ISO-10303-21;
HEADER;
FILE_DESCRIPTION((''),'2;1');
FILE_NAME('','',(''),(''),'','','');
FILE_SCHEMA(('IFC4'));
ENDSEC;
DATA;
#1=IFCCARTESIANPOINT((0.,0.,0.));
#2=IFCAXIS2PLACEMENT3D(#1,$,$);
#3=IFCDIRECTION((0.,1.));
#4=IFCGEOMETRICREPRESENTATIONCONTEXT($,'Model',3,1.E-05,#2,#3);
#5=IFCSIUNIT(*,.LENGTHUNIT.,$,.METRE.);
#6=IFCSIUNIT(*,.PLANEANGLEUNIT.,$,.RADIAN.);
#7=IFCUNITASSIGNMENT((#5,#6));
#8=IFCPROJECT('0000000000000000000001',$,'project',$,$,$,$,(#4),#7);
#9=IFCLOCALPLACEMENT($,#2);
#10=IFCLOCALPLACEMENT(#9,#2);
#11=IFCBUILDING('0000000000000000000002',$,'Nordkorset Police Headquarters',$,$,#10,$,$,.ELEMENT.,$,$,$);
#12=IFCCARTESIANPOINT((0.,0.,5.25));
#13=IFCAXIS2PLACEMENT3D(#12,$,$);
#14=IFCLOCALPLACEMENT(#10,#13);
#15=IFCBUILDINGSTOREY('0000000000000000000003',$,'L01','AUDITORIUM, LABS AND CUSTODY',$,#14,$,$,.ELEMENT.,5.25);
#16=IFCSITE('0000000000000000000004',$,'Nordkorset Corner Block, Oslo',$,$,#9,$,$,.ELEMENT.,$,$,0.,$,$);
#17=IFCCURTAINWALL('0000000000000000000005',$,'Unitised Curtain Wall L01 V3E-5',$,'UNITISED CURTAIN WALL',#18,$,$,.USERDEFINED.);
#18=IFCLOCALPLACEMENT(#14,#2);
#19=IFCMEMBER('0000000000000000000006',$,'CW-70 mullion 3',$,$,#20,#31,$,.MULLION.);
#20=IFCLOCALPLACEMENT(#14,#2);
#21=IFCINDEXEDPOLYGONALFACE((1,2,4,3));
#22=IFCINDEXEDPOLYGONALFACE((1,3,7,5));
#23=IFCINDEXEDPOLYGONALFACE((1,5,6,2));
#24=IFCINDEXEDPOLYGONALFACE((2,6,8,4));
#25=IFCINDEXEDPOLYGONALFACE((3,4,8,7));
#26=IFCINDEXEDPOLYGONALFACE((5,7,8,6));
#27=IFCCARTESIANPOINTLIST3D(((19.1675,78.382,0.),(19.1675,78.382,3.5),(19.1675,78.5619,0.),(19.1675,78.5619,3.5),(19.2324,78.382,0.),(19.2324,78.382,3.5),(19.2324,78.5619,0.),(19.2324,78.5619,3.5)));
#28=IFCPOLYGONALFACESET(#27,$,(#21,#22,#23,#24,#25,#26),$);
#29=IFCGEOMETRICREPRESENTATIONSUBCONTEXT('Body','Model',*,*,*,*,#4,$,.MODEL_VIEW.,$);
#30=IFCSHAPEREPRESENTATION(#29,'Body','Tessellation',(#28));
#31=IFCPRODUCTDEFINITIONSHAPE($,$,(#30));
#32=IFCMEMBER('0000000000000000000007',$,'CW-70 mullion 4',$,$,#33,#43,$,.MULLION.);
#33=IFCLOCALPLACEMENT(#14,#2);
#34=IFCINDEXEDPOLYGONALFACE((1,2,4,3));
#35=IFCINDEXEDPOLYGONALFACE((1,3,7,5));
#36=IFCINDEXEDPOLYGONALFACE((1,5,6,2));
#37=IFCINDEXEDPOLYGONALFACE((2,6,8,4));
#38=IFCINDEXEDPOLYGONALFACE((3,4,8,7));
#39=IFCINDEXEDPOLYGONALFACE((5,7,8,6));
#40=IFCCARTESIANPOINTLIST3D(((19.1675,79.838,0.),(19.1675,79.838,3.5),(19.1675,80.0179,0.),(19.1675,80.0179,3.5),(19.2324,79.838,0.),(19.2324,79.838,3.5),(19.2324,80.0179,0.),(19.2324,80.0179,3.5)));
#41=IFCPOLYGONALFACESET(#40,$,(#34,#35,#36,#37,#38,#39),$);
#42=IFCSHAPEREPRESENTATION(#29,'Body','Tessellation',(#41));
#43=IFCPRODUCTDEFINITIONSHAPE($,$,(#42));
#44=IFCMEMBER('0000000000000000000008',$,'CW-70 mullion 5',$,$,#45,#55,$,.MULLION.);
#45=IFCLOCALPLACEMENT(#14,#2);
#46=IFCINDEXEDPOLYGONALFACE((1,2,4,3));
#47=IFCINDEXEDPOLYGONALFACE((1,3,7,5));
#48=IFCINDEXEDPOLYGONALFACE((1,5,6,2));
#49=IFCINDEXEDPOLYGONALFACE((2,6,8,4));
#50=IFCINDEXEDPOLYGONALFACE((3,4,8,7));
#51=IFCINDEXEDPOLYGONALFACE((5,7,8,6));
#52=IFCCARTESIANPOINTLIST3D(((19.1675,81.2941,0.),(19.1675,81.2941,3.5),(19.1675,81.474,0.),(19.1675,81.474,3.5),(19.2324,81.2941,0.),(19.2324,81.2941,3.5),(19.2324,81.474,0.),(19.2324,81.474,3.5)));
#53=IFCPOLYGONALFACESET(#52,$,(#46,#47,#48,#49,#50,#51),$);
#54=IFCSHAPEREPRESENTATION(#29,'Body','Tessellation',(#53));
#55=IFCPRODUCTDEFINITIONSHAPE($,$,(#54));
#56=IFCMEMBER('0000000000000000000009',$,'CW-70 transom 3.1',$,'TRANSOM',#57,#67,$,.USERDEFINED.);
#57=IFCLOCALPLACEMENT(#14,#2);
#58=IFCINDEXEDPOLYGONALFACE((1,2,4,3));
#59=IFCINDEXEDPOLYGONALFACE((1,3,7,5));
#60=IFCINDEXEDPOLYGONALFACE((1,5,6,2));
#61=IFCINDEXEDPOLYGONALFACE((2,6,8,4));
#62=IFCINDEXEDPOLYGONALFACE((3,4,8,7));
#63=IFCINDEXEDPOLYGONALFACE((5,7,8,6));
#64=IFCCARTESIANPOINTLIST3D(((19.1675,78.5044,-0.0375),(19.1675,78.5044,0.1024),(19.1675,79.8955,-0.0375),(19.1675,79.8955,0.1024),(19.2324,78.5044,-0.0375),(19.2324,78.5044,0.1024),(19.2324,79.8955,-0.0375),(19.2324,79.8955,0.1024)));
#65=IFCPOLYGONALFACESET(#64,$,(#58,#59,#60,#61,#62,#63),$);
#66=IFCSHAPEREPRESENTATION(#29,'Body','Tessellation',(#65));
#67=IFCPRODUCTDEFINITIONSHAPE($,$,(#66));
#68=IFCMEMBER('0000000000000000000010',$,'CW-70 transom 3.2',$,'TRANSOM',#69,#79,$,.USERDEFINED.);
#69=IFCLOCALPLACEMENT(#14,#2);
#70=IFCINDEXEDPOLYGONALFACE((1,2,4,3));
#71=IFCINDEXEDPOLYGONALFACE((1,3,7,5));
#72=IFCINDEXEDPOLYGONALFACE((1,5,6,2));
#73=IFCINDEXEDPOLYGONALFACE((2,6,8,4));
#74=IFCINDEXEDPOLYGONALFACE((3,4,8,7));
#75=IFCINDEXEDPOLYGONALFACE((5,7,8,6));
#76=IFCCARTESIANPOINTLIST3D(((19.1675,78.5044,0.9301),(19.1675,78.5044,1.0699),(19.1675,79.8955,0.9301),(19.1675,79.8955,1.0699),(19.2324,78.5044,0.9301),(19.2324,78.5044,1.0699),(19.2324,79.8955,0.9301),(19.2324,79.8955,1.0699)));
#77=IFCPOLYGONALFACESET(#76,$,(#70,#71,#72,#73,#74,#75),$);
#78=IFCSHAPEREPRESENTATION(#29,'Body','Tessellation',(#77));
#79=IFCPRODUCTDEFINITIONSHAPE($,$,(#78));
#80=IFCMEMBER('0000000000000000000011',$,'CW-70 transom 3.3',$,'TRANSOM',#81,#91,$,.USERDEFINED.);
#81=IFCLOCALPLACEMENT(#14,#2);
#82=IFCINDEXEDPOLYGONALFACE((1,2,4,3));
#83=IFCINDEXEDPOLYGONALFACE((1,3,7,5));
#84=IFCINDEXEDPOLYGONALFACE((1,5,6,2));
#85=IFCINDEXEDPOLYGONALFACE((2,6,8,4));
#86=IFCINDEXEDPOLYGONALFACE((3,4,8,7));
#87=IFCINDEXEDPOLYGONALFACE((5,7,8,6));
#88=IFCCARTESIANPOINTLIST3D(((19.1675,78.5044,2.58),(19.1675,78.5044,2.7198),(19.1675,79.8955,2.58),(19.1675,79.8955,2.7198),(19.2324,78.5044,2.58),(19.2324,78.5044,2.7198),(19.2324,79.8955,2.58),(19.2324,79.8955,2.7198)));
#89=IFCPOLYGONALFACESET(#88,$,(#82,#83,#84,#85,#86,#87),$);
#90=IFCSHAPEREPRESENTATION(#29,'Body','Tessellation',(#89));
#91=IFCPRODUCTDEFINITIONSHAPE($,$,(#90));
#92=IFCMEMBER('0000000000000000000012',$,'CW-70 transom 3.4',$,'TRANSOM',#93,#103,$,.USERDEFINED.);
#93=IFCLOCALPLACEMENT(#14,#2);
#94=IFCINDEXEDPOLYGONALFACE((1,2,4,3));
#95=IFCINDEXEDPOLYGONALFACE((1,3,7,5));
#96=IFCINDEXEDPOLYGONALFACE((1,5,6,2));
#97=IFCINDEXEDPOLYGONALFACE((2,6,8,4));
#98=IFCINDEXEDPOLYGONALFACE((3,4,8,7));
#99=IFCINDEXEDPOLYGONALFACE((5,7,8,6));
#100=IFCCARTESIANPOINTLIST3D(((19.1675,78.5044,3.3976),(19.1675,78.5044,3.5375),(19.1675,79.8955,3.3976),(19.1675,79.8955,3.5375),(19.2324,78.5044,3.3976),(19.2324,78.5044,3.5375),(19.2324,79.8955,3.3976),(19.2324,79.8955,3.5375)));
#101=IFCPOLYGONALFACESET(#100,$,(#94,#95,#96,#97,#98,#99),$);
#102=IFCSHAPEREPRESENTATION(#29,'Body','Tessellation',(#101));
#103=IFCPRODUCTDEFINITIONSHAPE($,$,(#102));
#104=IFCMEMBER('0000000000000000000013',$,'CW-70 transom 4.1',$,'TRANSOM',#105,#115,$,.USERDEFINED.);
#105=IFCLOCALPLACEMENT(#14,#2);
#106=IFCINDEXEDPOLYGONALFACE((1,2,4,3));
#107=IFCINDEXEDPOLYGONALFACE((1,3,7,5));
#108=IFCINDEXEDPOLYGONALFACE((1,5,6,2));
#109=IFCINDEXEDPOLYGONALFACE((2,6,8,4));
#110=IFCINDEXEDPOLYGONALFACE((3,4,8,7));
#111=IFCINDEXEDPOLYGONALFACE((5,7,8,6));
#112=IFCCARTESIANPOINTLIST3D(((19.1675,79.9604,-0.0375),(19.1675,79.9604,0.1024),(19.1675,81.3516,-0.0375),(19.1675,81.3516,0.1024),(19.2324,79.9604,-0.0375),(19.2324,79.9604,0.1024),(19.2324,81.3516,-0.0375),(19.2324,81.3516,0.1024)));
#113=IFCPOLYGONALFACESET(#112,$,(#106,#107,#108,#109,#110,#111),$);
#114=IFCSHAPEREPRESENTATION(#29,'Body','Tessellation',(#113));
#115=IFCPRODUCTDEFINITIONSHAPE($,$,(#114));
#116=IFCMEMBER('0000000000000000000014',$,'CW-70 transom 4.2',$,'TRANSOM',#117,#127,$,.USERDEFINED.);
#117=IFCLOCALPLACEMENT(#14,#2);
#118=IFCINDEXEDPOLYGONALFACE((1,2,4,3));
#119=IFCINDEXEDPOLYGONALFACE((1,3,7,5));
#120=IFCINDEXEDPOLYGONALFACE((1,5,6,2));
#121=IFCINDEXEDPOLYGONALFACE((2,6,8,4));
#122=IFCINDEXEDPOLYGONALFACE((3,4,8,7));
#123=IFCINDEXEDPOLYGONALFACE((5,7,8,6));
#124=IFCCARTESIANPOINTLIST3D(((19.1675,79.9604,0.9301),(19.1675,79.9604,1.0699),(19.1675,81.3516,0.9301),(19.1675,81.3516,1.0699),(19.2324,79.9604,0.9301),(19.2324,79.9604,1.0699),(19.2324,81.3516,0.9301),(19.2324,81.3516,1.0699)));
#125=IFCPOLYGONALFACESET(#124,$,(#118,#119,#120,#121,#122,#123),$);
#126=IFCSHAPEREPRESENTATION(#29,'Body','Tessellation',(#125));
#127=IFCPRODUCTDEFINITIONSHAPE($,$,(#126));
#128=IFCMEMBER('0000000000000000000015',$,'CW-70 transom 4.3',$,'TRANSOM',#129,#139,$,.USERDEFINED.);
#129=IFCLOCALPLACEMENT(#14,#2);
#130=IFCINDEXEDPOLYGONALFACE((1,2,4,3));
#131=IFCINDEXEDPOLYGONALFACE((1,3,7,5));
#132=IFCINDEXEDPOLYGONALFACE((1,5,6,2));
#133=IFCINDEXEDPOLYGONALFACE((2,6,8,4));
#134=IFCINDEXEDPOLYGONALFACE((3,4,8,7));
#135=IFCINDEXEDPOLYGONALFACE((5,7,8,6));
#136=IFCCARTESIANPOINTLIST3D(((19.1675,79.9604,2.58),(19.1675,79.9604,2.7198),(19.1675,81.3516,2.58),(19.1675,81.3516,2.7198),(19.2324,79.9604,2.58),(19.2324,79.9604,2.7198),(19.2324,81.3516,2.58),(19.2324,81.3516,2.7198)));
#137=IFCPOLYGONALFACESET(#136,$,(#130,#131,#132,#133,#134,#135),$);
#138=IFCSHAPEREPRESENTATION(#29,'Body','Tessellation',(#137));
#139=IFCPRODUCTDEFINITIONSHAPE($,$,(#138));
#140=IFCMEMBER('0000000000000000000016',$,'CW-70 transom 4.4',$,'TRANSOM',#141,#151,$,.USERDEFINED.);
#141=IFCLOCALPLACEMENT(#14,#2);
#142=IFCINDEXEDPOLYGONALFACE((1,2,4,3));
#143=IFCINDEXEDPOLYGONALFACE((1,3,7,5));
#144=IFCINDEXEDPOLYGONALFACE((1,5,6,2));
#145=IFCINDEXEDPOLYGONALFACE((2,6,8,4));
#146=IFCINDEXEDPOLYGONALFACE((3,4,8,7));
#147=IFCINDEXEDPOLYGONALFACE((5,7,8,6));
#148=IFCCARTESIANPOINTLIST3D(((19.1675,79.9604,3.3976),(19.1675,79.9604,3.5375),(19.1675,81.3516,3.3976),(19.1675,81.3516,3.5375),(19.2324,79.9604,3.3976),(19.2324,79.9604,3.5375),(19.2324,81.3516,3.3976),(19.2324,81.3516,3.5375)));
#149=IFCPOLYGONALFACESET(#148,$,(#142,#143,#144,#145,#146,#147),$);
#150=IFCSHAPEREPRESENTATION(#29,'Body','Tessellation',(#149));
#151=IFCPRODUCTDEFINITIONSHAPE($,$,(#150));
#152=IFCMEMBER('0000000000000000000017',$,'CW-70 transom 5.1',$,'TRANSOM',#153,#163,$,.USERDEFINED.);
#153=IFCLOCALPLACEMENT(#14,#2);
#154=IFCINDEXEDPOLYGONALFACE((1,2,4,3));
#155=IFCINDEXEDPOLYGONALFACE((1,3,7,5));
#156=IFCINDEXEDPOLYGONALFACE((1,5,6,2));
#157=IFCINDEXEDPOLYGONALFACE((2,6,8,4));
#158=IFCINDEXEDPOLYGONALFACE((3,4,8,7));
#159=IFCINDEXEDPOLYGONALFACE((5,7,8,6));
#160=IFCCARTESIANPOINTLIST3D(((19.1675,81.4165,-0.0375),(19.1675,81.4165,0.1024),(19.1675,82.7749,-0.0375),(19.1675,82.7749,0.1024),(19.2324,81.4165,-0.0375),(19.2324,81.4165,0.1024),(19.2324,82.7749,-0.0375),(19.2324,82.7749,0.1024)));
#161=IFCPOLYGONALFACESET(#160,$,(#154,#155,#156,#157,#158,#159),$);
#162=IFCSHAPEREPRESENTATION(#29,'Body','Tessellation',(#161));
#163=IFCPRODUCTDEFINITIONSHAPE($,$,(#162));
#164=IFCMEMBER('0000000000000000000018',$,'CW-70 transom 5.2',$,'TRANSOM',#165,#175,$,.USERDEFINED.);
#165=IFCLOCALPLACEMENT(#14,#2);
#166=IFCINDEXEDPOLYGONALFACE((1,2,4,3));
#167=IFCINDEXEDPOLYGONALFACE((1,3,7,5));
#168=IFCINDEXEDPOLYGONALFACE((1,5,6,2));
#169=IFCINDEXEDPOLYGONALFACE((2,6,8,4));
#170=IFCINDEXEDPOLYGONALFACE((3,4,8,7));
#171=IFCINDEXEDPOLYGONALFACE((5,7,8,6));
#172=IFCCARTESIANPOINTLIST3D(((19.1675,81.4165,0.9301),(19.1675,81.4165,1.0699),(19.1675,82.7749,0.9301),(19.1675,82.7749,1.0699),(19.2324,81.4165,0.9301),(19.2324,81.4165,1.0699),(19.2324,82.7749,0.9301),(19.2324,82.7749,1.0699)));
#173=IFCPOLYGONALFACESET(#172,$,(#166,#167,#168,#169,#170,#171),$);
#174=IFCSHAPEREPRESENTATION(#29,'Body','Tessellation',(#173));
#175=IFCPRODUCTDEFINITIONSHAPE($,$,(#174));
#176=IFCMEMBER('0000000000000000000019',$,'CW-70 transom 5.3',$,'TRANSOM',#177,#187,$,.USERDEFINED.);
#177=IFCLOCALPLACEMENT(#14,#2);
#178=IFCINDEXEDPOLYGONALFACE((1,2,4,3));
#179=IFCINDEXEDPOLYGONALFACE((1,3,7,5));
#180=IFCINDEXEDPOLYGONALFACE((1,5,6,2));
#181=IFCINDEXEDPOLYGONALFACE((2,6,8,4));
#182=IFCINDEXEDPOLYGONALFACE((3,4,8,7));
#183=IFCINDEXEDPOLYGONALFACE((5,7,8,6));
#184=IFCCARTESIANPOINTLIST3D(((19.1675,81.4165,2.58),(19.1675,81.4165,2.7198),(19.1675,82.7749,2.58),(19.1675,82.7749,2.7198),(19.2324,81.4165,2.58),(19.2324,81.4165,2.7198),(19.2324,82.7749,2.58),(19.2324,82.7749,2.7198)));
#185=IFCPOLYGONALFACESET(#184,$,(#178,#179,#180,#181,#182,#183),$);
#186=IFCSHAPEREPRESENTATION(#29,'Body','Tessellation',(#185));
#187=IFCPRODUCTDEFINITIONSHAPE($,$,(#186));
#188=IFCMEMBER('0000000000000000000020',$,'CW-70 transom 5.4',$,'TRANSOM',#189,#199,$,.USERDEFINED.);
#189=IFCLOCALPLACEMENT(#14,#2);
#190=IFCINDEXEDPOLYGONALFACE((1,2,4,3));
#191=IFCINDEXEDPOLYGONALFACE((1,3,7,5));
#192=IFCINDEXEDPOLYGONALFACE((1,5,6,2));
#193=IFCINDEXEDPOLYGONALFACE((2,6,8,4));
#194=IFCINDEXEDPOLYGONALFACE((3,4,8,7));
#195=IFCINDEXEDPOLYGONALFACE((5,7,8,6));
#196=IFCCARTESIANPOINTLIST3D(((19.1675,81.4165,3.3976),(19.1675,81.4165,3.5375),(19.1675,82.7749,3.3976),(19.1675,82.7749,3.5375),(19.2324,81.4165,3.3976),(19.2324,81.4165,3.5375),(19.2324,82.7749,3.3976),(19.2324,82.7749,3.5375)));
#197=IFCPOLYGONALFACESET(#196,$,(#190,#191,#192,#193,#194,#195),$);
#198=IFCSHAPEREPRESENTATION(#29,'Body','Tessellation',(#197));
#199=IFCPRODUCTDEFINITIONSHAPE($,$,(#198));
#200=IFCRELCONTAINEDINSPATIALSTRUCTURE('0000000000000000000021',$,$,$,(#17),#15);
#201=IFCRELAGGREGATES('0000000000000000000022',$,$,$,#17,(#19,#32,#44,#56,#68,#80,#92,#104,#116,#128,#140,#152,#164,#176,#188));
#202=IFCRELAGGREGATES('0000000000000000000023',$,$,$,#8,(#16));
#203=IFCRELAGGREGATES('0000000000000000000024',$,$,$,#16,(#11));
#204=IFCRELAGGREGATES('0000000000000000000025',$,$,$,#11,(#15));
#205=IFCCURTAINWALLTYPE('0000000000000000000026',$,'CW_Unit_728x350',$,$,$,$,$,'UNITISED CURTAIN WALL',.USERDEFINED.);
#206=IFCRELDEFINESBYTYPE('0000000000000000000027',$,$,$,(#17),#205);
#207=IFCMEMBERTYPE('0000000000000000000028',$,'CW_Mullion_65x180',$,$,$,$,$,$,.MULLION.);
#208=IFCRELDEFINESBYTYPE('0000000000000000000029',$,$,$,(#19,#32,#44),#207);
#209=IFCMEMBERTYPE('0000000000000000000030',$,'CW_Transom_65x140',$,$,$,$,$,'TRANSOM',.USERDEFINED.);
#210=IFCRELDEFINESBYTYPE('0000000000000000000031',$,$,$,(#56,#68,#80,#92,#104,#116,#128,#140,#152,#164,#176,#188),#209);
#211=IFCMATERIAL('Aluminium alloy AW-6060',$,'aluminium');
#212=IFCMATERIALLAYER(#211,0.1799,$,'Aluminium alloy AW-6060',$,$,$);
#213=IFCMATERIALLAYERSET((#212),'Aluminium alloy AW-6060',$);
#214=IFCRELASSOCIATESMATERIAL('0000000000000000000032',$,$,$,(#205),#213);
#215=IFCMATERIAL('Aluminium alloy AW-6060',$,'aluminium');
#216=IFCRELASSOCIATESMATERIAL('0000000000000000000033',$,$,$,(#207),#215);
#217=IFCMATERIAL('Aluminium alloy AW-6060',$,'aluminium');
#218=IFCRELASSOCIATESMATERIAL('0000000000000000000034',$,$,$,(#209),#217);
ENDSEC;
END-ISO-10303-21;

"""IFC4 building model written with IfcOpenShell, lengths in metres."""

from ifc_helpers import new_model, si_unit, direction, frame, origin, origin_2d, place, context, subcontext, project, spatial, rectangle, extrude, material, layer, layer_set, material_profile, profile_set, type_object, element, aggregate, save


model = new_model("IFC4")

# Units and contexts
model_context = context("Model", 3, precision=1e-05, world=origin(), true_north=direction((0.0, 1.0)))
body_context = subcontext(model_context, "Body", "Model", "MODEL_VIEW")
ifc_project = project(units=[si_unit("LENGTHUNIT", "METRE"), si_unit("PLANEANGLEUNIT", "RADIAN")], contexts=[model_context])

# Site, building, storey
site_placement = place(None, origin())
site = spatial("IfcSite", under=ifc_project, at=site_placement, Name="Nordkorset Corner Block, Oslo", CompositionType="ELEMENT", RefElevation=0.0)
building_placement = place(site_placement, origin())
building = spatial("IfcBuilding", under=site, at=building_placement, Name="Nordkorset Police Headquarters", CompositionType="ELEMENT")
storey_placement = place(building_placement, frame((0.0, 0.0, 5.25)))
storey = spatial("IfcBuildingStorey", under=building, at=storey_placement, Name="L01", Description="AUDITORIUM, LABS AND CUSTODY", CompositionType="ELEMENT", Elevation=5.25)

# Curtain wall, members
ifc_material_1 = material(Name="Aluminium alloy AW-6060", Category="aluminium")
ifc_layer_1 = layer(ifc_material_1, 0.1799, Name="Aluminium alloy AW-6060")
ifc_layer_set_1 = layer_set([ifc_layer_1], Name="Aluminium alloy AW-6060")
curtain_wall_type = type_object("IfcCurtainWallType", Name="CW_Unit_728x350", ElementType="UNITISED CURTAIN WALL", PredefinedType="USERDEFINED", material=ifc_layer_set_1)
curtain_wall_placement = place(storey_placement, origin())
curtain_wall = element("IfcCurtainWall", 1, at=curtain_wall_placement, inside=storey, type_object=curtain_wall_type, Name="Unitised Curtain Wall L01 V3E-5", ObjectType="UNITISED CURTAIN WALL", PredefinedType="USERDEFINED")
ifc_material_2 = material(Name="Aluminium alloy AW-6060", Category="aluminium")
ifc_material_profile_1 = material_profile(ifc_material_2, rectangle(XDim=0.0649, YDim=0.1799, at=origin_2d()), Name="ALU MULL 65x180")
ifc_profile_set_1 = profile_set([ifc_material_profile_1], Name="Aluminium alloy AW-6060")
member_type_1 = type_object("IfcMemberType", Name="CW_Mullion_65x180", PredefinedType="MULLION", material=ifc_profile_set_1)
member_1_placement = place(storey_placement, frame((19.2, 78.4719, 0.0), z_axis=(0.0, 0.0, 1.0), x_axis=(-1.0, 0.0, 0.0)))
member_1 = element("IfcMember", 2, at=member_1_placement, type_object=member_type_1, Name="CW-70 mullion 3", PredefinedType="MULLION", context=body_context, shape_type="SweptSolid", body=[
    extrude(rectangle(XDim=0.0649, YDim=0.1799, at=origin_2d()), origin(), (0.0, 0.0, 1.0), 3.5),
])
member_2_placement = place(storey_placement, frame((19.2, 79.928, 0.0), z_axis=(0.0, 0.0, 1.0), x_axis=(-1.0, 0.0, 0.0)))
member_2 = element("IfcMember", 3, at=member_2_placement, type_object=member_type_1, Name="CW-70 mullion 4", PredefinedType="MULLION", context=body_context, shape_type="SweptSolid", body=[
    extrude(rectangle(XDim=0.0649, YDim=0.1799, at=origin_2d()), origin(), (0.0, 0.0, 1.0), 3.5),
])
member_3_placement = place(storey_placement, frame((19.2, 81.384, 0.0), z_axis=(0.0, 0.0, 1.0), x_axis=(-1.0, 0.0, 0.0)))
member_3 = element("IfcMember", 4, at=member_3_placement, type_object=member_type_1, Name="CW-70 mullion 5", PredefinedType="MULLION", context=body_context, shape_type="SweptSolid", body=[
    extrude(rectangle(XDim=0.0649, YDim=0.1799, at=origin_2d()), origin(), (0.0, 0.0, 1.0), 3.5),
])
ifc_material_3 = material(Name="Aluminium alloy AW-6060", Category="aluminium")
ifc_material_profile_2 = material_profile(ifc_material_3, rectangle(XDim=0.0649, YDim=0.1399, at=origin_2d()), Name="ALU TRAN 65x140")
ifc_profile_set_2 = profile_set([ifc_material_profile_2], Name="Aluminium alloy AW-6060")
member_type_2 = type_object("IfcMemberType", Name="CW_Transom_65x140", ElementType="TRANSOM", PredefinedType="USERDEFINED", material=ifc_profile_set_2)
member_4_placement = place(storey_placement, frame((19.2, 78.5044, 0.0325), z_axis=(0.0, 1.0, 0.0), x_axis=(-1.0, 0.0, 0.0)))
member_4 = element("IfcMember", 5, at=member_4_placement, type_object=member_type_2, Name="CW-70 transom 3.1", ObjectType="TRANSOM", PredefinedType="USERDEFINED", context=body_context, shape_type="SweptSolid", body=[
    extrude(rectangle(XDim=0.0649, YDim=0.1399, at=origin_2d()), origin(), (0.0, 0.0, 1.0), 1.3911),
])
member_5_placement = place(storey_placement, frame((19.2, 78.5044, 1.0), z_axis=(0.0, 1.0, 0.0), x_axis=(-1.0, 0.0, 0.0)))
member_5 = element("IfcMember", 6, at=member_5_placement, type_object=member_type_2, Name="CW-70 transom 3.2", ObjectType="TRANSOM", PredefinedType="USERDEFINED", context=body_context, shape_type="SweptSolid", body=[
    extrude(rectangle(XDim=0.0649, YDim=0.1399, at=origin_2d()), origin(), (0.0, 0.0, 1.0), 1.3911),
])
member_6_placement = place(storey_placement, frame((19.2, 78.5044, 2.6499), z_axis=(0.0, 1.0, 0.0), x_axis=(-1.0, 0.0, 0.0)))
member_6 = element("IfcMember", 7, at=member_6_placement, type_object=member_type_2, Name="CW-70 transom 3.3", ObjectType="TRANSOM", PredefinedType="USERDEFINED", context=body_context, shape_type="SweptSolid", body=[
    extrude(rectangle(XDim=0.0649, YDim=0.1399, at=origin_2d()), origin(), (0.0, 0.0, 1.0), 1.3911),
])
member_7_placement = place(storey_placement, frame((19.2, 78.5044, 3.4675), z_axis=(0.0, 1.0, 0.0), x_axis=(-1.0, 0.0, 0.0)))
member_7 = element("IfcMember", 8, at=member_7_placement, type_object=member_type_2, Name="CW-70 transom 3.4", ObjectType="TRANSOM", PredefinedType="USERDEFINED", context=body_context, shape_type="SweptSolid", body=[
    extrude(rectangle(XDim=0.0649, YDim=0.1399, at=origin_2d()), origin(), (0.0, 0.0, 1.0), 1.3911),
])
member_8_placement = place(storey_placement, frame((19.2, 79.9604, 0.0325), z_axis=(0.0, 1.0, 0.0), x_axis=(-1.0, 0.0, 0.0)))
member_8 = element("IfcMember", 9, at=member_8_placement, type_object=member_type_2, Name="CW-70 transom 4.1", ObjectType="TRANSOM", PredefinedType="USERDEFINED", context=body_context, shape_type="SweptSolid", body=[
    extrude(rectangle(XDim=0.0649, YDim=0.1399, at=origin_2d()), origin(), (0.0, 0.0, 1.0), 1.3911),
])
member_9_placement = place(storey_placement, frame((19.2, 79.9604, 1.0), z_axis=(0.0, 1.0, 0.0), x_axis=(-1.0, 0.0, 0.0)))
member_9 = element("IfcMember", 10, at=member_9_placement, type_object=member_type_2, Name="CW-70 transom 4.2", ObjectType="TRANSOM", PredefinedType="USERDEFINED", context=body_context, shape_type="SweptSolid", body=[
    extrude(rectangle(XDim=0.0649, YDim=0.1399, at=origin_2d()), origin(), (0.0, 0.0, 1.0), 1.3911),
])
member_10_placement = place(storey_placement, frame((19.2, 79.9604, 2.6499), z_axis=(0.0, 1.0, 0.0), x_axis=(-1.0, 0.0, 0.0)))
member_10 = element("IfcMember", 11, at=member_10_placement, type_object=member_type_2, Name="CW-70 transom 4.3", ObjectType="TRANSOM", PredefinedType="USERDEFINED", context=body_context, shape_type="SweptSolid", body=[
    extrude(rectangle(XDim=0.0649, YDim=0.1399, at=origin_2d()), origin(), (0.0, 0.0, 1.0), 1.3911),
])
member_11_placement = place(storey_placement, frame((19.2, 79.9604, 3.4675), z_axis=(0.0, 1.0, 0.0), x_axis=(-1.0, 0.0, 0.0)))
member_11 = element("IfcMember", 12, at=member_11_placement, type_object=member_type_2, Name="CW-70 transom 4.4", ObjectType="TRANSOM", PredefinedType="USERDEFINED", context=body_context, shape_type="SweptSolid", body=[
    extrude(rectangle(XDim=0.0649, YDim=0.1399, at=origin_2d()), origin(), (0.0, 0.0, 1.0), 1.3911),
])
member_12_placement = place(storey_placement, frame((19.2, 81.4165, 0.0325), z_axis=(0.0, 1.0, 0.0), x_axis=(-1.0, 0.0, 0.0)))
member_12 = element("IfcMember", 13, at=member_12_placement, type_object=member_type_2, Name="CW-70 transom 5.1", ObjectType="TRANSOM", PredefinedType="USERDEFINED", context=body_context, shape_type="SweptSolid", body=[
    extrude(rectangle(XDim=0.0649, YDim=0.1399, at=origin_2d()), origin(), (0.0, 0.0, 1.0), 1.3584),
])
member_13_placement = place(storey_placement, frame((19.2, 81.4165, 1.0), z_axis=(0.0, 1.0, 0.0), x_axis=(-1.0, 0.0, 0.0)))
member_13 = element("IfcMember", 14, at=member_13_placement, type_object=member_type_2, Name="CW-70 transom 5.2", ObjectType="TRANSOM", PredefinedType="USERDEFINED", context=body_context, shape_type="SweptSolid", body=[
    extrude(rectangle(XDim=0.0649, YDim=0.1399, at=origin_2d()), origin(), (0.0, 0.0, 1.0), 1.3584),
])
member_14_placement = place(storey_placement, frame((19.2, 81.4165, 2.6499), z_axis=(0.0, 1.0, 0.0), x_axis=(-1.0, 0.0, 0.0)))
member_14 = element("IfcMember", 15, at=member_14_placement, type_object=member_type_2, Name="CW-70 transom 5.3", ObjectType="TRANSOM", PredefinedType="USERDEFINED", context=body_context, shape_type="SweptSolid", body=[
    extrude(rectangle(XDim=0.0649, YDim=0.1399, at=origin_2d()), origin(), (0.0, 0.0, 1.0), 1.3584),
])
member_15_placement = place(storey_placement, frame((19.2, 81.4165, 3.4675), z_axis=(0.0, 1.0, 0.0), x_axis=(-1.0, 0.0, 0.0)))
member_15 = element("IfcMember", 16, at=member_15_placement, type_object=member_type_2, Name="CW-70 transom 5.4", ObjectType="TRANSOM", PredefinedType="USERDEFINED", context=body_context, shape_type="SweptSolid", body=[
    extrude(rectangle(XDim=0.0649, YDim=0.1399, at=origin_2d()), origin(), (0.0, 0.0, 1.0), 1.3584),
])
aggregate(curtain_wall, [member_1, member_2, member_3, member_4, member_5, member_6, member_7, member_8, member_9, member_10, member_11, member_12, member_13, member_14, member_15])

save(model, "model.ifc")
